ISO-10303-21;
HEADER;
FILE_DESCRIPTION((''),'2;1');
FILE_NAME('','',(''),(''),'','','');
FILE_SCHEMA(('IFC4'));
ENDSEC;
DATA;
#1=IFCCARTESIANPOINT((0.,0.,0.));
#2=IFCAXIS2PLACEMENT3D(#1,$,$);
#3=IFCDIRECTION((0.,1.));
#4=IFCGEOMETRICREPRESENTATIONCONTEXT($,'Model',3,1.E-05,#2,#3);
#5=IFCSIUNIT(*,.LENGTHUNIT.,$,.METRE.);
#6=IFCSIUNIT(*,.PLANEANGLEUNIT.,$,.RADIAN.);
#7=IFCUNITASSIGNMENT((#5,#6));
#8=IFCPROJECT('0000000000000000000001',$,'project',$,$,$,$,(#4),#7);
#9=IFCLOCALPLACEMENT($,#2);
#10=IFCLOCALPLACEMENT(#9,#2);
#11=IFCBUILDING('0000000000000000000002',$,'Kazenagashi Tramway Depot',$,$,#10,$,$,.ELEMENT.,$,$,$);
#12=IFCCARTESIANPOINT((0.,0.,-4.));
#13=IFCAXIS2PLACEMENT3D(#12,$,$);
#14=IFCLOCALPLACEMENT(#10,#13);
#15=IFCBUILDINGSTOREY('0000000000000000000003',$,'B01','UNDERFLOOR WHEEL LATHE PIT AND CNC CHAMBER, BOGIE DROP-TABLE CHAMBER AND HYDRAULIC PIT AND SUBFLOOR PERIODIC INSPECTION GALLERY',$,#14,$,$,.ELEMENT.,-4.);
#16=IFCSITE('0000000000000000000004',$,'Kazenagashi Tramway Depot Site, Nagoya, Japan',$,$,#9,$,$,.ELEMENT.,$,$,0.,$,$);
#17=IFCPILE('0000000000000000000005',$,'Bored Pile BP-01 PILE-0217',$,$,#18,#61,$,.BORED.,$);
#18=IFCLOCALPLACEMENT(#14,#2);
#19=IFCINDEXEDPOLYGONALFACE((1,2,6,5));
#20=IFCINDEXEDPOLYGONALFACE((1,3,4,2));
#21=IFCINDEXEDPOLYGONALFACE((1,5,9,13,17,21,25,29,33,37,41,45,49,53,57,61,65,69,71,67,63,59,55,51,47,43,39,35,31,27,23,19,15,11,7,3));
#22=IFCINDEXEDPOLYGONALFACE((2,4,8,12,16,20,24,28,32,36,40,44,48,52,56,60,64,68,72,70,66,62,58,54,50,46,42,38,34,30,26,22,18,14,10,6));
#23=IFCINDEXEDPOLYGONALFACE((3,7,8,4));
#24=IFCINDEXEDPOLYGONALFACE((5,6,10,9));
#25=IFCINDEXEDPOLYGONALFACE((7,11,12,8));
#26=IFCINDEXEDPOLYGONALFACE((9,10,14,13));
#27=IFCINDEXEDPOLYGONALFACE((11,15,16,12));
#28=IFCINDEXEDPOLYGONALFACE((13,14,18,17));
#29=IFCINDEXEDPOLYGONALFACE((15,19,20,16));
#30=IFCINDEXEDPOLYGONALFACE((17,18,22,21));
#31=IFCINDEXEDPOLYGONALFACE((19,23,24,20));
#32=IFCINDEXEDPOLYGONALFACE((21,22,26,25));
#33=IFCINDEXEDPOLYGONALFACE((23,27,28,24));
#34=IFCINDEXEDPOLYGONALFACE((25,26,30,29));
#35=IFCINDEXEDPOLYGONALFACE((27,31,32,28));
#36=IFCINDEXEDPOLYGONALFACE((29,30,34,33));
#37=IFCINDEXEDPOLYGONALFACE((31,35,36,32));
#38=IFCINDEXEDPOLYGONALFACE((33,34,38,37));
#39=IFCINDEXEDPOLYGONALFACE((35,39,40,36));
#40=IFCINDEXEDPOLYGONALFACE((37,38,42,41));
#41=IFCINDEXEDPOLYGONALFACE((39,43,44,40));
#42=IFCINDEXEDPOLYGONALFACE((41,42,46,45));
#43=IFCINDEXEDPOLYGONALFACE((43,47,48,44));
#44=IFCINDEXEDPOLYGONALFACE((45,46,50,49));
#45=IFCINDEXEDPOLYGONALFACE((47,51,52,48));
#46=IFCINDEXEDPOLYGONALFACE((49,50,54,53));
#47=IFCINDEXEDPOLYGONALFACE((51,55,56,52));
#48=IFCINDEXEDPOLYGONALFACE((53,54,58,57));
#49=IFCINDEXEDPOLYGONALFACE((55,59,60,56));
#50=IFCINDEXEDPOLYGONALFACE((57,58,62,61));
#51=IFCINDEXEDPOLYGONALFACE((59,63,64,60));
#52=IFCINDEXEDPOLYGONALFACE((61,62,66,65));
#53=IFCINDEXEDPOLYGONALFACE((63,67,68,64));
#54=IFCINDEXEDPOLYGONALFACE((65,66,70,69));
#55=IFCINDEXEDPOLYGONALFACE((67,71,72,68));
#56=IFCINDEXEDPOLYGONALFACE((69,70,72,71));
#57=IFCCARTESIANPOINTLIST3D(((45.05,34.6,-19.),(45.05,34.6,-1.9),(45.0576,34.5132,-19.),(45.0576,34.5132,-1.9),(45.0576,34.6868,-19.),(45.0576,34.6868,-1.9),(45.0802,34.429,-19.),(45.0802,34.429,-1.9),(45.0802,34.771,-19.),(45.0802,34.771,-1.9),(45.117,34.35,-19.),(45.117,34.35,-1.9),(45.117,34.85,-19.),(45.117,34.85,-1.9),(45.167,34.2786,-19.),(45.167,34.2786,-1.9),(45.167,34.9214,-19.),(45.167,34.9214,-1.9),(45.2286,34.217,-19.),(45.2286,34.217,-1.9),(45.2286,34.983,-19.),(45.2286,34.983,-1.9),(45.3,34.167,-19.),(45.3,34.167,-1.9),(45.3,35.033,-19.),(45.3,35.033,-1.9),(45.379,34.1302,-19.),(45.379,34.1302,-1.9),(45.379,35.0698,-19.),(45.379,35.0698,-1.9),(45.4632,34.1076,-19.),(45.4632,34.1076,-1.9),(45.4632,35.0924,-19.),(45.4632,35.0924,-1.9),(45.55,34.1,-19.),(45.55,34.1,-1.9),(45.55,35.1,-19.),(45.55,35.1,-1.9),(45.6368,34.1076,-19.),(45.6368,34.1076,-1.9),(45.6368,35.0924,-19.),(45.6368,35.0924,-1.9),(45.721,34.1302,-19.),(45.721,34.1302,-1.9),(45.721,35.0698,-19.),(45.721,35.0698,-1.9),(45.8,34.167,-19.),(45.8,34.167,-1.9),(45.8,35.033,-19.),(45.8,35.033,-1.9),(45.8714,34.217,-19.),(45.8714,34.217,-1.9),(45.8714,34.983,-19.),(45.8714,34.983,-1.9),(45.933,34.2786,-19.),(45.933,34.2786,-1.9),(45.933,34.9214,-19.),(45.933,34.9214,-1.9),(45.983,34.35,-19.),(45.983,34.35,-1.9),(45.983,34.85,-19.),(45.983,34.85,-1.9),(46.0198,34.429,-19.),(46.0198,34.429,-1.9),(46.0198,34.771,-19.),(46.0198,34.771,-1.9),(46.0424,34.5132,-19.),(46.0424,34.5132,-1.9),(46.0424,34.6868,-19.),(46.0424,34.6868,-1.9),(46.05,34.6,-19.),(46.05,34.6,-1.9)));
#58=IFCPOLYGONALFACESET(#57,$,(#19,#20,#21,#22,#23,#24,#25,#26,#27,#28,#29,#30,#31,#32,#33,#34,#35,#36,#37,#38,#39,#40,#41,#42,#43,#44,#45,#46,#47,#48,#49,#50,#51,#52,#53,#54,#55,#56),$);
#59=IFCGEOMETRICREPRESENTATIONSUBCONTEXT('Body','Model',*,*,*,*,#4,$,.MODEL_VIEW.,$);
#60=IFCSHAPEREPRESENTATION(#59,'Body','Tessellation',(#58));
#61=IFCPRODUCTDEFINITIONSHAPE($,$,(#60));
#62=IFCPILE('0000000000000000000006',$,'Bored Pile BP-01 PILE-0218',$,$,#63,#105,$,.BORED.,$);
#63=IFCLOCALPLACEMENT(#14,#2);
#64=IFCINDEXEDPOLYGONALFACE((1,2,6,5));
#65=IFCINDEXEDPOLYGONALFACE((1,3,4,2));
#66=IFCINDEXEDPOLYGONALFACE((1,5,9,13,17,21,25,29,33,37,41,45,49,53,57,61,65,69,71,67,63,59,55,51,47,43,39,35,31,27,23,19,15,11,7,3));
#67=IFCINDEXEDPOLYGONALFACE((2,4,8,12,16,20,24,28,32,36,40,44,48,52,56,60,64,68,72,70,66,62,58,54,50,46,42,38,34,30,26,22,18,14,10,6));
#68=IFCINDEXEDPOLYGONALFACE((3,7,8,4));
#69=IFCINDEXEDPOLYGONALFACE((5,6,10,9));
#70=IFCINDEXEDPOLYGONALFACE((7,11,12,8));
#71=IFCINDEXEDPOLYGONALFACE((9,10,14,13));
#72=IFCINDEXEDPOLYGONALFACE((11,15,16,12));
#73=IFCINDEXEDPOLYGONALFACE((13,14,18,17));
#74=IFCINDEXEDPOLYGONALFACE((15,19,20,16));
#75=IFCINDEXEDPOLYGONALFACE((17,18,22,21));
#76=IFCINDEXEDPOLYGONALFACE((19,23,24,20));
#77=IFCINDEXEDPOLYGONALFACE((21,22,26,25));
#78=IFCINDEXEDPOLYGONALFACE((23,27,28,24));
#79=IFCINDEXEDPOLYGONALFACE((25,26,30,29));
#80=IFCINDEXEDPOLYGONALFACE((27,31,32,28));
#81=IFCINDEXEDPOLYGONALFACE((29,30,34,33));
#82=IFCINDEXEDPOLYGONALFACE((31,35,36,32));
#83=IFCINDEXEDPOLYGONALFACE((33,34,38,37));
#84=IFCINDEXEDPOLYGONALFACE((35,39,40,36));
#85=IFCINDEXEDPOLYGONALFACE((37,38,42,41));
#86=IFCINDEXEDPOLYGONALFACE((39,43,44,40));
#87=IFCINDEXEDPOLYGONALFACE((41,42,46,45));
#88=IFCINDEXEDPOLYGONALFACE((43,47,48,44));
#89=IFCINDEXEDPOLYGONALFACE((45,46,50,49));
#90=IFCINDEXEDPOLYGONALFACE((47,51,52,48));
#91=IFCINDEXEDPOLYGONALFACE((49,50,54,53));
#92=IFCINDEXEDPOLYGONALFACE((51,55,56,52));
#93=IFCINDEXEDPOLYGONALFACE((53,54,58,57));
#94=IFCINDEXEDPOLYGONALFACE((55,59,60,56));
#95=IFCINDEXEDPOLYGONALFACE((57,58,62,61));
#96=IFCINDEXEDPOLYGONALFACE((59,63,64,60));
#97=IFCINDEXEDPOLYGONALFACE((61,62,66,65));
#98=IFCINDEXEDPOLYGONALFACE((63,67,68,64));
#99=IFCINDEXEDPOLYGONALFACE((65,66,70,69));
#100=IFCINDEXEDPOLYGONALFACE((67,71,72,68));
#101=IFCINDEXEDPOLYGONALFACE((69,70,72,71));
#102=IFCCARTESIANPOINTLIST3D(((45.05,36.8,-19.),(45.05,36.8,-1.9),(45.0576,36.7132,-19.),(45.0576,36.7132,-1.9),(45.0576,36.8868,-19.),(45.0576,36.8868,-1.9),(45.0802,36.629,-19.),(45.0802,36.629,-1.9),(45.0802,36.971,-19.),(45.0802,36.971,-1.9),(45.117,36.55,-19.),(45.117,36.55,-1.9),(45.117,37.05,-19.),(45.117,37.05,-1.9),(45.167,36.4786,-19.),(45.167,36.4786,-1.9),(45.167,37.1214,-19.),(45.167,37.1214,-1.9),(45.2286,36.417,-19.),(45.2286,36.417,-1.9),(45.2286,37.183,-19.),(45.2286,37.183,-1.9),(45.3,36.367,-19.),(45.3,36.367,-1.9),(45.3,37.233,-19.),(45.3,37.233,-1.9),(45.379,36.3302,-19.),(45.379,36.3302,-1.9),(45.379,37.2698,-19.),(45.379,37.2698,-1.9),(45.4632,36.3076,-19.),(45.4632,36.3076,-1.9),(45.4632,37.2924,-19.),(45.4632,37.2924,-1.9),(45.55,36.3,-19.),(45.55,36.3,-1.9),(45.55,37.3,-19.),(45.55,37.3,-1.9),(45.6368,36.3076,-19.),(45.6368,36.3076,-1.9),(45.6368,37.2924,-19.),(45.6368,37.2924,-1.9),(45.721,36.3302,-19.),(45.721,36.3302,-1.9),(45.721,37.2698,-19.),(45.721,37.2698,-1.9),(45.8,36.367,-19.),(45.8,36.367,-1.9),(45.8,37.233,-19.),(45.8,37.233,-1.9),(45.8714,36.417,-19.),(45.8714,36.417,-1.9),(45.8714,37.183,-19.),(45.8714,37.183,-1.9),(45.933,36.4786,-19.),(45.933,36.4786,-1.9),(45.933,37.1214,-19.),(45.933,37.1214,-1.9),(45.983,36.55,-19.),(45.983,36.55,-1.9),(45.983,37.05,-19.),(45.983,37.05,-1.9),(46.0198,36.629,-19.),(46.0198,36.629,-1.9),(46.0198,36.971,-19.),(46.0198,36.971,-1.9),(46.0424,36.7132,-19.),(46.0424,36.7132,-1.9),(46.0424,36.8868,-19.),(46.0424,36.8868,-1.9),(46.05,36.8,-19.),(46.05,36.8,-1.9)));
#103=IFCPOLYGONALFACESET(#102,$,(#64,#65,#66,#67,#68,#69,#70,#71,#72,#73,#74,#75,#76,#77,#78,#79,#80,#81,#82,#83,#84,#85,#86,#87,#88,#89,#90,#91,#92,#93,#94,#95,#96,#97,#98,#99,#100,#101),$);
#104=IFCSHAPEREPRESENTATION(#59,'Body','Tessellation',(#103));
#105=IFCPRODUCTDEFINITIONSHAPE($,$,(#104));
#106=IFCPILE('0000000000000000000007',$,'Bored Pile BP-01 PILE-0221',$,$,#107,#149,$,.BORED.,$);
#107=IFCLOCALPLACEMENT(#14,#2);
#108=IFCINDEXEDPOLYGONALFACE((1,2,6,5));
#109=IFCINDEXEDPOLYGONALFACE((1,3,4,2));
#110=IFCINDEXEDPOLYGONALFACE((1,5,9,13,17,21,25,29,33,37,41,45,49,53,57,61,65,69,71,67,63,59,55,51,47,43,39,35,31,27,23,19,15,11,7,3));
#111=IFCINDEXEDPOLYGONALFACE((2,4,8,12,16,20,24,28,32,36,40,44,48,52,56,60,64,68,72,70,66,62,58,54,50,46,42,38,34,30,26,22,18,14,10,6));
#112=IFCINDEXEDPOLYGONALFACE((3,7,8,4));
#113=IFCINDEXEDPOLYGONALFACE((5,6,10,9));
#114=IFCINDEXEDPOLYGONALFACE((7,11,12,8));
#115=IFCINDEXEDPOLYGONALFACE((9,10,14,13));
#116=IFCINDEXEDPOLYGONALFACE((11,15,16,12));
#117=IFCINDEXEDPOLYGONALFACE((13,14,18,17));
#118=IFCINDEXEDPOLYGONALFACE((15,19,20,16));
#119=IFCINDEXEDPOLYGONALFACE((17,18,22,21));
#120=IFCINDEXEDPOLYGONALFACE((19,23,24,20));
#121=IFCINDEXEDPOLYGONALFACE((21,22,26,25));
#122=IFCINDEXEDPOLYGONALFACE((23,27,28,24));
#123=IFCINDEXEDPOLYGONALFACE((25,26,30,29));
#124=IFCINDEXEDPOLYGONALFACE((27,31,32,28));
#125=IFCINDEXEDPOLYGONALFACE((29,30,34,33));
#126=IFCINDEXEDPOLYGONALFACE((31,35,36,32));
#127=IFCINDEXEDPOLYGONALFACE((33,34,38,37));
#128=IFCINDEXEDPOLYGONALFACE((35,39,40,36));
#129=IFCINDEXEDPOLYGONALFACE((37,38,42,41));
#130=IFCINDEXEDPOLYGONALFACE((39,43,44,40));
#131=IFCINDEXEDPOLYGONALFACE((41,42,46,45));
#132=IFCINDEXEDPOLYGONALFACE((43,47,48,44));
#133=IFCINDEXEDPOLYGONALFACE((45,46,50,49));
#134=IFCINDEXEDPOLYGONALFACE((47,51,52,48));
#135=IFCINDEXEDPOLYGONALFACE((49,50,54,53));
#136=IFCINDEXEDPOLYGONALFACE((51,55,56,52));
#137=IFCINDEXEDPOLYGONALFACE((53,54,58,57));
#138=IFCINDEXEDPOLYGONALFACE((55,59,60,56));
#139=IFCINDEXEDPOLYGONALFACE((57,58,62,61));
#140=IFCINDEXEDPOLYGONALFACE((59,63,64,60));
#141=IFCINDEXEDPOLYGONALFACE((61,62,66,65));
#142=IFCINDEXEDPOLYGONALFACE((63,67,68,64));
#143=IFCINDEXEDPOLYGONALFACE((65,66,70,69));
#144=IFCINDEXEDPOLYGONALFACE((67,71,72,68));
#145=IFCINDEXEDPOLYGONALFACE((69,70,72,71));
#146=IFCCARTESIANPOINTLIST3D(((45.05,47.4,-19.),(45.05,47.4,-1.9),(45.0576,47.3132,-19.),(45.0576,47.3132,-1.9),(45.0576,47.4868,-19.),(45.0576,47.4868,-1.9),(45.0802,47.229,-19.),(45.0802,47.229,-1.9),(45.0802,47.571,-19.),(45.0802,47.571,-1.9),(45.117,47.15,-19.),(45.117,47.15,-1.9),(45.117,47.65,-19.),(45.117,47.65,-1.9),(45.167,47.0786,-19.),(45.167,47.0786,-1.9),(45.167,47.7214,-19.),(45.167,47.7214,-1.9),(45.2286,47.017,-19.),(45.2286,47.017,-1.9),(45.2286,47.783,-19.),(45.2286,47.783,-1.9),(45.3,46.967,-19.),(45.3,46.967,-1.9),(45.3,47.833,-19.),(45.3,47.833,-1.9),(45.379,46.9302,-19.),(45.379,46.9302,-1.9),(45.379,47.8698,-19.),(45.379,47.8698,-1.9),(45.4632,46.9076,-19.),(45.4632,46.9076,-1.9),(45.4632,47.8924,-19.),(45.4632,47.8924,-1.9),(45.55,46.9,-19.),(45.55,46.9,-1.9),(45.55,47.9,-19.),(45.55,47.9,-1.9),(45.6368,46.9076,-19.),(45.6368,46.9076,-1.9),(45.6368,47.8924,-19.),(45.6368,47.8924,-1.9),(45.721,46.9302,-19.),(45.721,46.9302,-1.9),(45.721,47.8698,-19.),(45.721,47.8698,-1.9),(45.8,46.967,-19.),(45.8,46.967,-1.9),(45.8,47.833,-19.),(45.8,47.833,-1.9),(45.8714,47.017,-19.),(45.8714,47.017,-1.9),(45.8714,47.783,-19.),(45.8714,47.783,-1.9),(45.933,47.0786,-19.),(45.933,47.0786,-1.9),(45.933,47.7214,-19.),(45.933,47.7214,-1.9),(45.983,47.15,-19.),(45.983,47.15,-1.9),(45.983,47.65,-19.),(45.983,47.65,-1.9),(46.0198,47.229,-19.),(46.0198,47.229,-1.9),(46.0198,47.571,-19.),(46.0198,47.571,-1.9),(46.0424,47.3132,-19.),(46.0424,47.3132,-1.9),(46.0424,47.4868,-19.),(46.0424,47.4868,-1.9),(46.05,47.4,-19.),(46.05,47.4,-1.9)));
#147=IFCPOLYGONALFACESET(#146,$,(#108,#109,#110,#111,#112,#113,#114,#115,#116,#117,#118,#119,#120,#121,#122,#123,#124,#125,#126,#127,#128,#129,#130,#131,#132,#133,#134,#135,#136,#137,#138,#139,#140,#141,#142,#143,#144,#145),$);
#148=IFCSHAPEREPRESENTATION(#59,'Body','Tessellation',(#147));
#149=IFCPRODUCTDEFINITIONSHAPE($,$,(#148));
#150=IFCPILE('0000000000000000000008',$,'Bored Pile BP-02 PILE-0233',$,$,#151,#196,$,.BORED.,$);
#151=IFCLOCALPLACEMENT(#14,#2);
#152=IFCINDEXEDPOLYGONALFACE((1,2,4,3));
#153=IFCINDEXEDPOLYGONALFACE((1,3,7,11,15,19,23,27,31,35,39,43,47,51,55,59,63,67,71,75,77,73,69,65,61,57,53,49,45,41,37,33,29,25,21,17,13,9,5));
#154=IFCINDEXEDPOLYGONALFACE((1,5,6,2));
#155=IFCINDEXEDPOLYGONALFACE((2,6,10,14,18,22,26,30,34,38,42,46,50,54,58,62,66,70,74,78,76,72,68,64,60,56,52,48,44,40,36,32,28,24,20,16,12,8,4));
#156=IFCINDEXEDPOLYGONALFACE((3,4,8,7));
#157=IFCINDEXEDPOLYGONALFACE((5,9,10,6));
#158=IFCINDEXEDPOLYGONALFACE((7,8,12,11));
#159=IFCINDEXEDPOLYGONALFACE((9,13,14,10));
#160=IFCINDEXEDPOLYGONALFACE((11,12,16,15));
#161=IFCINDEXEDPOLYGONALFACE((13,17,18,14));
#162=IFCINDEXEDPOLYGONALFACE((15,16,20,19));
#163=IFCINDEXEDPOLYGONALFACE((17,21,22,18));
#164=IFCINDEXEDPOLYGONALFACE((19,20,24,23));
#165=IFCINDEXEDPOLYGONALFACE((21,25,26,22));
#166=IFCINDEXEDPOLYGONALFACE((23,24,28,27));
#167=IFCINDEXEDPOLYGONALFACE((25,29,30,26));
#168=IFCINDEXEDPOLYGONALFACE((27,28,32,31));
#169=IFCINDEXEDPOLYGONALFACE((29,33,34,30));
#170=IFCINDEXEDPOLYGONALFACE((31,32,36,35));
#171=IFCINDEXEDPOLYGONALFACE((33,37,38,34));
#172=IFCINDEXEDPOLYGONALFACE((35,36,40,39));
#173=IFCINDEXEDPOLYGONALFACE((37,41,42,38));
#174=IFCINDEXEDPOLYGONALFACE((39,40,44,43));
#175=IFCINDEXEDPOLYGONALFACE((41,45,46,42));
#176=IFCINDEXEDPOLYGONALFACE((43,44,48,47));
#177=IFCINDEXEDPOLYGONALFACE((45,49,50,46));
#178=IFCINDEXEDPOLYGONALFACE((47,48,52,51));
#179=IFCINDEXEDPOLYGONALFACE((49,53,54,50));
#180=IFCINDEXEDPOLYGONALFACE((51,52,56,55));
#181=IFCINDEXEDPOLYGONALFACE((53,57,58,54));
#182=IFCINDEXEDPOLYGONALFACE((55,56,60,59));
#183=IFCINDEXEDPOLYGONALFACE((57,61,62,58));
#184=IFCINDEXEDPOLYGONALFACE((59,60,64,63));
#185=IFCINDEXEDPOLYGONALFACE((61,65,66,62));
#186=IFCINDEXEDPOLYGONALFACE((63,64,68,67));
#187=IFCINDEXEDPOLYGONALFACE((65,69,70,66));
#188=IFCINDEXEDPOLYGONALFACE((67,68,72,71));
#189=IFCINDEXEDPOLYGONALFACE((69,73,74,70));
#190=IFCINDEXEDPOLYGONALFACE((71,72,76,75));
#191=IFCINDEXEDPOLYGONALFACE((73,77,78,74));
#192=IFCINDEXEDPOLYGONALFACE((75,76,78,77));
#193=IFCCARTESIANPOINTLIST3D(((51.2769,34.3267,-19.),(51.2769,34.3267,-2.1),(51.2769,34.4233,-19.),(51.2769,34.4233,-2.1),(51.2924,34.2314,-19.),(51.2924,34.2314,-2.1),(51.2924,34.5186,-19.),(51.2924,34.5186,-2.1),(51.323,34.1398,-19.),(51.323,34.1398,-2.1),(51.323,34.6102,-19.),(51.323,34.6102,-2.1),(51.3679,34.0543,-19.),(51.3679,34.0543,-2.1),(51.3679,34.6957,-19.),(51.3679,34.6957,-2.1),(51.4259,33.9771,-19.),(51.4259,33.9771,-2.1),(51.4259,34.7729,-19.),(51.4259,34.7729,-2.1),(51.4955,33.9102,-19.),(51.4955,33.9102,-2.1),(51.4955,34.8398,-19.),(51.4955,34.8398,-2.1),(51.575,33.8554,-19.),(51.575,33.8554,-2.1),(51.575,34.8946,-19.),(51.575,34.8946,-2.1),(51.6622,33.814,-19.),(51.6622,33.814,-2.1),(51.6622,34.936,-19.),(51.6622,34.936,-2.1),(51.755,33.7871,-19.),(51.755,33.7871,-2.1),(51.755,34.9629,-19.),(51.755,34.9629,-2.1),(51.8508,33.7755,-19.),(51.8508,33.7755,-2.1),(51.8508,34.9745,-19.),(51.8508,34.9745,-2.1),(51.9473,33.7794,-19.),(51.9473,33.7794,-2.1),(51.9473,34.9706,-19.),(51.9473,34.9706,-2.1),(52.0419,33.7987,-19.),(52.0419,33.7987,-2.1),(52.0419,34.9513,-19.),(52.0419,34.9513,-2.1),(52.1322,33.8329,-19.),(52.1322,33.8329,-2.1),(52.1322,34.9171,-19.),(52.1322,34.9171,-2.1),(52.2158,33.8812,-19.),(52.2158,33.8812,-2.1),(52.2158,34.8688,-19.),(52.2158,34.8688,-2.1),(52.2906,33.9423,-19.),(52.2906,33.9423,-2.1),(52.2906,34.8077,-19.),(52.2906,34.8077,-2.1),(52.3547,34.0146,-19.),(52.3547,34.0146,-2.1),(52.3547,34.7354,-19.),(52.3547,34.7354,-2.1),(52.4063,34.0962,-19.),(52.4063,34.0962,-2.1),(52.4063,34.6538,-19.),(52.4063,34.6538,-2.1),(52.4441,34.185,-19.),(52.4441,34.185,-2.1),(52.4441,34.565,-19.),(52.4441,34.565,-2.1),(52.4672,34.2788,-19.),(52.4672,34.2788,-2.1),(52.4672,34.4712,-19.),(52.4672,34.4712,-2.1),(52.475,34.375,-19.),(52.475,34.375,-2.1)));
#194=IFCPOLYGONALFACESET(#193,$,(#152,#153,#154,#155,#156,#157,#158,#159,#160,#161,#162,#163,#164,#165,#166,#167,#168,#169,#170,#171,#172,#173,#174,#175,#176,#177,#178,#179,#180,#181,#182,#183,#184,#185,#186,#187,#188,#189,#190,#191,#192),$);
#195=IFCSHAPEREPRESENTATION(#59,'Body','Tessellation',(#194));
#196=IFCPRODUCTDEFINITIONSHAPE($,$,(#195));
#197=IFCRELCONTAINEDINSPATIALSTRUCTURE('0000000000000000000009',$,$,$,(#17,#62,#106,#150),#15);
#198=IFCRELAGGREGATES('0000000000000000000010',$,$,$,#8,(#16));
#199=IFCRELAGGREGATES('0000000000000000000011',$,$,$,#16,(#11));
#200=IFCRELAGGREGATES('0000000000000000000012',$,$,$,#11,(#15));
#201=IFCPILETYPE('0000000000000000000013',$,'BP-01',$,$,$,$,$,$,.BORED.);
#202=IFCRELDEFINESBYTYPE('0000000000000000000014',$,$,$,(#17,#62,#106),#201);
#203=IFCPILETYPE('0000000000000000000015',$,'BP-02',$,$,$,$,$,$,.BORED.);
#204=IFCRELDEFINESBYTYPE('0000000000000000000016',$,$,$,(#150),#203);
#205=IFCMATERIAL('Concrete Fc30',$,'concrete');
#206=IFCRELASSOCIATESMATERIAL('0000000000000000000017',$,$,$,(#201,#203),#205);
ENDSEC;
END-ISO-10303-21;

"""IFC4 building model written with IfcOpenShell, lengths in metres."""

from ifc_helpers import new_model, si_unit, direction, frame, origin, origin_2d, place, context, subcontext, project, spatial, circle, extrude, material, material_profile, profile_set, type_object, element, save


model = new_model("IFC4")

# Units and contexts
model_context = context("Model", 3, precision=1e-05, world=origin(), true_north=direction((0.0, 1.0)))
body_context = subcontext(model_context, "Body", "Model", "MODEL_VIEW")
ifc_project = project(units=[si_unit("LENGTHUNIT", "METRE"), si_unit("PLANEANGLEUNIT", "RADIAN")], contexts=[model_context])

# Site, building, storey
site_placement = place(None, origin())
site = spatial("IfcSite", under=ifc_project, at=site_placement, Name="Kazenagashi Tramway Depot Site, Nagoya, Japan", CompositionType="ELEMENT", RefElevation=0.0)
building_placement = place(site_placement, origin())
building = spatial("IfcBuilding", under=site, at=building_placement, Name="Kazenagashi Tramway Depot", CompositionType="ELEMENT")
storey_placement = place(building_placement, frame((0.0, 0.0, -4.0)))
storey = spatial("IfcBuildingStorey", under=building, at=storey_placement, Name="B01", Description="UNDERFLOOR WHEEL LATHE PIT AND CNC CHAMBER, BOGIE DROP-TABLE CHAMBER AND HYDRAULIC PIT AND SUBFLOOR PERIODIC INSPECTION GALLERY", CompositionType="ELEMENT", Elevation=-4.0)

# Piles
ifc_material_1 = material(Name="Concrete Fc30", Category="concrete")
ifc_material_profile_1 = material_profile(ifc_material_1, circle(Radius=0.5, at=origin_2d()), Name="PILE-1000")
ifc_profile_set_1 = profile_set([ifc_material_profile_1], Name="Concrete Fc30")
pile_type_1 = type_object("IfcPileType", Name="BP-01", PredefinedType="BORED", material=ifc_profile_set_1)
for number, where, z_axis, x_axis, name in (
    (1, (45.55, 34.6, -1.9), (0.0, 0.0, -1.0), (1.0, 0.0, 0.0), "Bored Pile BP-01 PILE-0217"),
    (2, (45.55, 36.8, -1.9), (0.0, 0.0, -1.0), (1.0, 0.0, 0.0), "Bored Pile BP-01 PILE-0218"),
    (3, (45.55, 47.4, -1.9), (0.0, 0.0, -1.0), (1.0, 0.0, 0.0), "Bored Pile BP-01 PILE-0221"),
):
    element("IfcPile", number, at=place(storey_placement, frame(where, z_axis=z_axis, x_axis=x_axis)), inside=storey, type_object=pile_type_1, Name=name, PredefinedType="BORED", context=body_context, shape_type="SweptSolid", body=[
        extrude(circle(Radius=0.5, at=origin_2d()), origin(), (0.0, 0.0, 1.0), 17.1),
    ])
ifc_material_profile_2 = material_profile(ifc_material_1, circle(Radius=0.6, at=origin_2d()), Name="PILE-1200")
ifc_profile_set_2 = profile_set([ifc_material_profile_2], Name="Concrete Fc30")
pile_type_2 = type_object("IfcPileType", Name="BP-02", PredefinedType="BORED", material=ifc_profile_set_2)
for number, where, z_axis, x_axis, name in (
    (4, (51.875, 34.375, -2.1), (0.0, 0.0, -1.0), (1.0, 0.0, 0.0), "Bored Pile BP-02 PILE-0233"),
):
    element("IfcPile", number, at=place(storey_placement, frame(where, z_axis=z_axis, x_axis=x_axis)), inside=storey, type_object=pile_type_2, Name=name, PredefinedType="BORED", context=body_context, shape_type="SweptSolid", body=[
        extrude(circle(Radius=0.6, at=origin_2d()), origin(), (0.0, 0.0, 1.0), 16.9),
    ])

save(model, "model.ifc")
